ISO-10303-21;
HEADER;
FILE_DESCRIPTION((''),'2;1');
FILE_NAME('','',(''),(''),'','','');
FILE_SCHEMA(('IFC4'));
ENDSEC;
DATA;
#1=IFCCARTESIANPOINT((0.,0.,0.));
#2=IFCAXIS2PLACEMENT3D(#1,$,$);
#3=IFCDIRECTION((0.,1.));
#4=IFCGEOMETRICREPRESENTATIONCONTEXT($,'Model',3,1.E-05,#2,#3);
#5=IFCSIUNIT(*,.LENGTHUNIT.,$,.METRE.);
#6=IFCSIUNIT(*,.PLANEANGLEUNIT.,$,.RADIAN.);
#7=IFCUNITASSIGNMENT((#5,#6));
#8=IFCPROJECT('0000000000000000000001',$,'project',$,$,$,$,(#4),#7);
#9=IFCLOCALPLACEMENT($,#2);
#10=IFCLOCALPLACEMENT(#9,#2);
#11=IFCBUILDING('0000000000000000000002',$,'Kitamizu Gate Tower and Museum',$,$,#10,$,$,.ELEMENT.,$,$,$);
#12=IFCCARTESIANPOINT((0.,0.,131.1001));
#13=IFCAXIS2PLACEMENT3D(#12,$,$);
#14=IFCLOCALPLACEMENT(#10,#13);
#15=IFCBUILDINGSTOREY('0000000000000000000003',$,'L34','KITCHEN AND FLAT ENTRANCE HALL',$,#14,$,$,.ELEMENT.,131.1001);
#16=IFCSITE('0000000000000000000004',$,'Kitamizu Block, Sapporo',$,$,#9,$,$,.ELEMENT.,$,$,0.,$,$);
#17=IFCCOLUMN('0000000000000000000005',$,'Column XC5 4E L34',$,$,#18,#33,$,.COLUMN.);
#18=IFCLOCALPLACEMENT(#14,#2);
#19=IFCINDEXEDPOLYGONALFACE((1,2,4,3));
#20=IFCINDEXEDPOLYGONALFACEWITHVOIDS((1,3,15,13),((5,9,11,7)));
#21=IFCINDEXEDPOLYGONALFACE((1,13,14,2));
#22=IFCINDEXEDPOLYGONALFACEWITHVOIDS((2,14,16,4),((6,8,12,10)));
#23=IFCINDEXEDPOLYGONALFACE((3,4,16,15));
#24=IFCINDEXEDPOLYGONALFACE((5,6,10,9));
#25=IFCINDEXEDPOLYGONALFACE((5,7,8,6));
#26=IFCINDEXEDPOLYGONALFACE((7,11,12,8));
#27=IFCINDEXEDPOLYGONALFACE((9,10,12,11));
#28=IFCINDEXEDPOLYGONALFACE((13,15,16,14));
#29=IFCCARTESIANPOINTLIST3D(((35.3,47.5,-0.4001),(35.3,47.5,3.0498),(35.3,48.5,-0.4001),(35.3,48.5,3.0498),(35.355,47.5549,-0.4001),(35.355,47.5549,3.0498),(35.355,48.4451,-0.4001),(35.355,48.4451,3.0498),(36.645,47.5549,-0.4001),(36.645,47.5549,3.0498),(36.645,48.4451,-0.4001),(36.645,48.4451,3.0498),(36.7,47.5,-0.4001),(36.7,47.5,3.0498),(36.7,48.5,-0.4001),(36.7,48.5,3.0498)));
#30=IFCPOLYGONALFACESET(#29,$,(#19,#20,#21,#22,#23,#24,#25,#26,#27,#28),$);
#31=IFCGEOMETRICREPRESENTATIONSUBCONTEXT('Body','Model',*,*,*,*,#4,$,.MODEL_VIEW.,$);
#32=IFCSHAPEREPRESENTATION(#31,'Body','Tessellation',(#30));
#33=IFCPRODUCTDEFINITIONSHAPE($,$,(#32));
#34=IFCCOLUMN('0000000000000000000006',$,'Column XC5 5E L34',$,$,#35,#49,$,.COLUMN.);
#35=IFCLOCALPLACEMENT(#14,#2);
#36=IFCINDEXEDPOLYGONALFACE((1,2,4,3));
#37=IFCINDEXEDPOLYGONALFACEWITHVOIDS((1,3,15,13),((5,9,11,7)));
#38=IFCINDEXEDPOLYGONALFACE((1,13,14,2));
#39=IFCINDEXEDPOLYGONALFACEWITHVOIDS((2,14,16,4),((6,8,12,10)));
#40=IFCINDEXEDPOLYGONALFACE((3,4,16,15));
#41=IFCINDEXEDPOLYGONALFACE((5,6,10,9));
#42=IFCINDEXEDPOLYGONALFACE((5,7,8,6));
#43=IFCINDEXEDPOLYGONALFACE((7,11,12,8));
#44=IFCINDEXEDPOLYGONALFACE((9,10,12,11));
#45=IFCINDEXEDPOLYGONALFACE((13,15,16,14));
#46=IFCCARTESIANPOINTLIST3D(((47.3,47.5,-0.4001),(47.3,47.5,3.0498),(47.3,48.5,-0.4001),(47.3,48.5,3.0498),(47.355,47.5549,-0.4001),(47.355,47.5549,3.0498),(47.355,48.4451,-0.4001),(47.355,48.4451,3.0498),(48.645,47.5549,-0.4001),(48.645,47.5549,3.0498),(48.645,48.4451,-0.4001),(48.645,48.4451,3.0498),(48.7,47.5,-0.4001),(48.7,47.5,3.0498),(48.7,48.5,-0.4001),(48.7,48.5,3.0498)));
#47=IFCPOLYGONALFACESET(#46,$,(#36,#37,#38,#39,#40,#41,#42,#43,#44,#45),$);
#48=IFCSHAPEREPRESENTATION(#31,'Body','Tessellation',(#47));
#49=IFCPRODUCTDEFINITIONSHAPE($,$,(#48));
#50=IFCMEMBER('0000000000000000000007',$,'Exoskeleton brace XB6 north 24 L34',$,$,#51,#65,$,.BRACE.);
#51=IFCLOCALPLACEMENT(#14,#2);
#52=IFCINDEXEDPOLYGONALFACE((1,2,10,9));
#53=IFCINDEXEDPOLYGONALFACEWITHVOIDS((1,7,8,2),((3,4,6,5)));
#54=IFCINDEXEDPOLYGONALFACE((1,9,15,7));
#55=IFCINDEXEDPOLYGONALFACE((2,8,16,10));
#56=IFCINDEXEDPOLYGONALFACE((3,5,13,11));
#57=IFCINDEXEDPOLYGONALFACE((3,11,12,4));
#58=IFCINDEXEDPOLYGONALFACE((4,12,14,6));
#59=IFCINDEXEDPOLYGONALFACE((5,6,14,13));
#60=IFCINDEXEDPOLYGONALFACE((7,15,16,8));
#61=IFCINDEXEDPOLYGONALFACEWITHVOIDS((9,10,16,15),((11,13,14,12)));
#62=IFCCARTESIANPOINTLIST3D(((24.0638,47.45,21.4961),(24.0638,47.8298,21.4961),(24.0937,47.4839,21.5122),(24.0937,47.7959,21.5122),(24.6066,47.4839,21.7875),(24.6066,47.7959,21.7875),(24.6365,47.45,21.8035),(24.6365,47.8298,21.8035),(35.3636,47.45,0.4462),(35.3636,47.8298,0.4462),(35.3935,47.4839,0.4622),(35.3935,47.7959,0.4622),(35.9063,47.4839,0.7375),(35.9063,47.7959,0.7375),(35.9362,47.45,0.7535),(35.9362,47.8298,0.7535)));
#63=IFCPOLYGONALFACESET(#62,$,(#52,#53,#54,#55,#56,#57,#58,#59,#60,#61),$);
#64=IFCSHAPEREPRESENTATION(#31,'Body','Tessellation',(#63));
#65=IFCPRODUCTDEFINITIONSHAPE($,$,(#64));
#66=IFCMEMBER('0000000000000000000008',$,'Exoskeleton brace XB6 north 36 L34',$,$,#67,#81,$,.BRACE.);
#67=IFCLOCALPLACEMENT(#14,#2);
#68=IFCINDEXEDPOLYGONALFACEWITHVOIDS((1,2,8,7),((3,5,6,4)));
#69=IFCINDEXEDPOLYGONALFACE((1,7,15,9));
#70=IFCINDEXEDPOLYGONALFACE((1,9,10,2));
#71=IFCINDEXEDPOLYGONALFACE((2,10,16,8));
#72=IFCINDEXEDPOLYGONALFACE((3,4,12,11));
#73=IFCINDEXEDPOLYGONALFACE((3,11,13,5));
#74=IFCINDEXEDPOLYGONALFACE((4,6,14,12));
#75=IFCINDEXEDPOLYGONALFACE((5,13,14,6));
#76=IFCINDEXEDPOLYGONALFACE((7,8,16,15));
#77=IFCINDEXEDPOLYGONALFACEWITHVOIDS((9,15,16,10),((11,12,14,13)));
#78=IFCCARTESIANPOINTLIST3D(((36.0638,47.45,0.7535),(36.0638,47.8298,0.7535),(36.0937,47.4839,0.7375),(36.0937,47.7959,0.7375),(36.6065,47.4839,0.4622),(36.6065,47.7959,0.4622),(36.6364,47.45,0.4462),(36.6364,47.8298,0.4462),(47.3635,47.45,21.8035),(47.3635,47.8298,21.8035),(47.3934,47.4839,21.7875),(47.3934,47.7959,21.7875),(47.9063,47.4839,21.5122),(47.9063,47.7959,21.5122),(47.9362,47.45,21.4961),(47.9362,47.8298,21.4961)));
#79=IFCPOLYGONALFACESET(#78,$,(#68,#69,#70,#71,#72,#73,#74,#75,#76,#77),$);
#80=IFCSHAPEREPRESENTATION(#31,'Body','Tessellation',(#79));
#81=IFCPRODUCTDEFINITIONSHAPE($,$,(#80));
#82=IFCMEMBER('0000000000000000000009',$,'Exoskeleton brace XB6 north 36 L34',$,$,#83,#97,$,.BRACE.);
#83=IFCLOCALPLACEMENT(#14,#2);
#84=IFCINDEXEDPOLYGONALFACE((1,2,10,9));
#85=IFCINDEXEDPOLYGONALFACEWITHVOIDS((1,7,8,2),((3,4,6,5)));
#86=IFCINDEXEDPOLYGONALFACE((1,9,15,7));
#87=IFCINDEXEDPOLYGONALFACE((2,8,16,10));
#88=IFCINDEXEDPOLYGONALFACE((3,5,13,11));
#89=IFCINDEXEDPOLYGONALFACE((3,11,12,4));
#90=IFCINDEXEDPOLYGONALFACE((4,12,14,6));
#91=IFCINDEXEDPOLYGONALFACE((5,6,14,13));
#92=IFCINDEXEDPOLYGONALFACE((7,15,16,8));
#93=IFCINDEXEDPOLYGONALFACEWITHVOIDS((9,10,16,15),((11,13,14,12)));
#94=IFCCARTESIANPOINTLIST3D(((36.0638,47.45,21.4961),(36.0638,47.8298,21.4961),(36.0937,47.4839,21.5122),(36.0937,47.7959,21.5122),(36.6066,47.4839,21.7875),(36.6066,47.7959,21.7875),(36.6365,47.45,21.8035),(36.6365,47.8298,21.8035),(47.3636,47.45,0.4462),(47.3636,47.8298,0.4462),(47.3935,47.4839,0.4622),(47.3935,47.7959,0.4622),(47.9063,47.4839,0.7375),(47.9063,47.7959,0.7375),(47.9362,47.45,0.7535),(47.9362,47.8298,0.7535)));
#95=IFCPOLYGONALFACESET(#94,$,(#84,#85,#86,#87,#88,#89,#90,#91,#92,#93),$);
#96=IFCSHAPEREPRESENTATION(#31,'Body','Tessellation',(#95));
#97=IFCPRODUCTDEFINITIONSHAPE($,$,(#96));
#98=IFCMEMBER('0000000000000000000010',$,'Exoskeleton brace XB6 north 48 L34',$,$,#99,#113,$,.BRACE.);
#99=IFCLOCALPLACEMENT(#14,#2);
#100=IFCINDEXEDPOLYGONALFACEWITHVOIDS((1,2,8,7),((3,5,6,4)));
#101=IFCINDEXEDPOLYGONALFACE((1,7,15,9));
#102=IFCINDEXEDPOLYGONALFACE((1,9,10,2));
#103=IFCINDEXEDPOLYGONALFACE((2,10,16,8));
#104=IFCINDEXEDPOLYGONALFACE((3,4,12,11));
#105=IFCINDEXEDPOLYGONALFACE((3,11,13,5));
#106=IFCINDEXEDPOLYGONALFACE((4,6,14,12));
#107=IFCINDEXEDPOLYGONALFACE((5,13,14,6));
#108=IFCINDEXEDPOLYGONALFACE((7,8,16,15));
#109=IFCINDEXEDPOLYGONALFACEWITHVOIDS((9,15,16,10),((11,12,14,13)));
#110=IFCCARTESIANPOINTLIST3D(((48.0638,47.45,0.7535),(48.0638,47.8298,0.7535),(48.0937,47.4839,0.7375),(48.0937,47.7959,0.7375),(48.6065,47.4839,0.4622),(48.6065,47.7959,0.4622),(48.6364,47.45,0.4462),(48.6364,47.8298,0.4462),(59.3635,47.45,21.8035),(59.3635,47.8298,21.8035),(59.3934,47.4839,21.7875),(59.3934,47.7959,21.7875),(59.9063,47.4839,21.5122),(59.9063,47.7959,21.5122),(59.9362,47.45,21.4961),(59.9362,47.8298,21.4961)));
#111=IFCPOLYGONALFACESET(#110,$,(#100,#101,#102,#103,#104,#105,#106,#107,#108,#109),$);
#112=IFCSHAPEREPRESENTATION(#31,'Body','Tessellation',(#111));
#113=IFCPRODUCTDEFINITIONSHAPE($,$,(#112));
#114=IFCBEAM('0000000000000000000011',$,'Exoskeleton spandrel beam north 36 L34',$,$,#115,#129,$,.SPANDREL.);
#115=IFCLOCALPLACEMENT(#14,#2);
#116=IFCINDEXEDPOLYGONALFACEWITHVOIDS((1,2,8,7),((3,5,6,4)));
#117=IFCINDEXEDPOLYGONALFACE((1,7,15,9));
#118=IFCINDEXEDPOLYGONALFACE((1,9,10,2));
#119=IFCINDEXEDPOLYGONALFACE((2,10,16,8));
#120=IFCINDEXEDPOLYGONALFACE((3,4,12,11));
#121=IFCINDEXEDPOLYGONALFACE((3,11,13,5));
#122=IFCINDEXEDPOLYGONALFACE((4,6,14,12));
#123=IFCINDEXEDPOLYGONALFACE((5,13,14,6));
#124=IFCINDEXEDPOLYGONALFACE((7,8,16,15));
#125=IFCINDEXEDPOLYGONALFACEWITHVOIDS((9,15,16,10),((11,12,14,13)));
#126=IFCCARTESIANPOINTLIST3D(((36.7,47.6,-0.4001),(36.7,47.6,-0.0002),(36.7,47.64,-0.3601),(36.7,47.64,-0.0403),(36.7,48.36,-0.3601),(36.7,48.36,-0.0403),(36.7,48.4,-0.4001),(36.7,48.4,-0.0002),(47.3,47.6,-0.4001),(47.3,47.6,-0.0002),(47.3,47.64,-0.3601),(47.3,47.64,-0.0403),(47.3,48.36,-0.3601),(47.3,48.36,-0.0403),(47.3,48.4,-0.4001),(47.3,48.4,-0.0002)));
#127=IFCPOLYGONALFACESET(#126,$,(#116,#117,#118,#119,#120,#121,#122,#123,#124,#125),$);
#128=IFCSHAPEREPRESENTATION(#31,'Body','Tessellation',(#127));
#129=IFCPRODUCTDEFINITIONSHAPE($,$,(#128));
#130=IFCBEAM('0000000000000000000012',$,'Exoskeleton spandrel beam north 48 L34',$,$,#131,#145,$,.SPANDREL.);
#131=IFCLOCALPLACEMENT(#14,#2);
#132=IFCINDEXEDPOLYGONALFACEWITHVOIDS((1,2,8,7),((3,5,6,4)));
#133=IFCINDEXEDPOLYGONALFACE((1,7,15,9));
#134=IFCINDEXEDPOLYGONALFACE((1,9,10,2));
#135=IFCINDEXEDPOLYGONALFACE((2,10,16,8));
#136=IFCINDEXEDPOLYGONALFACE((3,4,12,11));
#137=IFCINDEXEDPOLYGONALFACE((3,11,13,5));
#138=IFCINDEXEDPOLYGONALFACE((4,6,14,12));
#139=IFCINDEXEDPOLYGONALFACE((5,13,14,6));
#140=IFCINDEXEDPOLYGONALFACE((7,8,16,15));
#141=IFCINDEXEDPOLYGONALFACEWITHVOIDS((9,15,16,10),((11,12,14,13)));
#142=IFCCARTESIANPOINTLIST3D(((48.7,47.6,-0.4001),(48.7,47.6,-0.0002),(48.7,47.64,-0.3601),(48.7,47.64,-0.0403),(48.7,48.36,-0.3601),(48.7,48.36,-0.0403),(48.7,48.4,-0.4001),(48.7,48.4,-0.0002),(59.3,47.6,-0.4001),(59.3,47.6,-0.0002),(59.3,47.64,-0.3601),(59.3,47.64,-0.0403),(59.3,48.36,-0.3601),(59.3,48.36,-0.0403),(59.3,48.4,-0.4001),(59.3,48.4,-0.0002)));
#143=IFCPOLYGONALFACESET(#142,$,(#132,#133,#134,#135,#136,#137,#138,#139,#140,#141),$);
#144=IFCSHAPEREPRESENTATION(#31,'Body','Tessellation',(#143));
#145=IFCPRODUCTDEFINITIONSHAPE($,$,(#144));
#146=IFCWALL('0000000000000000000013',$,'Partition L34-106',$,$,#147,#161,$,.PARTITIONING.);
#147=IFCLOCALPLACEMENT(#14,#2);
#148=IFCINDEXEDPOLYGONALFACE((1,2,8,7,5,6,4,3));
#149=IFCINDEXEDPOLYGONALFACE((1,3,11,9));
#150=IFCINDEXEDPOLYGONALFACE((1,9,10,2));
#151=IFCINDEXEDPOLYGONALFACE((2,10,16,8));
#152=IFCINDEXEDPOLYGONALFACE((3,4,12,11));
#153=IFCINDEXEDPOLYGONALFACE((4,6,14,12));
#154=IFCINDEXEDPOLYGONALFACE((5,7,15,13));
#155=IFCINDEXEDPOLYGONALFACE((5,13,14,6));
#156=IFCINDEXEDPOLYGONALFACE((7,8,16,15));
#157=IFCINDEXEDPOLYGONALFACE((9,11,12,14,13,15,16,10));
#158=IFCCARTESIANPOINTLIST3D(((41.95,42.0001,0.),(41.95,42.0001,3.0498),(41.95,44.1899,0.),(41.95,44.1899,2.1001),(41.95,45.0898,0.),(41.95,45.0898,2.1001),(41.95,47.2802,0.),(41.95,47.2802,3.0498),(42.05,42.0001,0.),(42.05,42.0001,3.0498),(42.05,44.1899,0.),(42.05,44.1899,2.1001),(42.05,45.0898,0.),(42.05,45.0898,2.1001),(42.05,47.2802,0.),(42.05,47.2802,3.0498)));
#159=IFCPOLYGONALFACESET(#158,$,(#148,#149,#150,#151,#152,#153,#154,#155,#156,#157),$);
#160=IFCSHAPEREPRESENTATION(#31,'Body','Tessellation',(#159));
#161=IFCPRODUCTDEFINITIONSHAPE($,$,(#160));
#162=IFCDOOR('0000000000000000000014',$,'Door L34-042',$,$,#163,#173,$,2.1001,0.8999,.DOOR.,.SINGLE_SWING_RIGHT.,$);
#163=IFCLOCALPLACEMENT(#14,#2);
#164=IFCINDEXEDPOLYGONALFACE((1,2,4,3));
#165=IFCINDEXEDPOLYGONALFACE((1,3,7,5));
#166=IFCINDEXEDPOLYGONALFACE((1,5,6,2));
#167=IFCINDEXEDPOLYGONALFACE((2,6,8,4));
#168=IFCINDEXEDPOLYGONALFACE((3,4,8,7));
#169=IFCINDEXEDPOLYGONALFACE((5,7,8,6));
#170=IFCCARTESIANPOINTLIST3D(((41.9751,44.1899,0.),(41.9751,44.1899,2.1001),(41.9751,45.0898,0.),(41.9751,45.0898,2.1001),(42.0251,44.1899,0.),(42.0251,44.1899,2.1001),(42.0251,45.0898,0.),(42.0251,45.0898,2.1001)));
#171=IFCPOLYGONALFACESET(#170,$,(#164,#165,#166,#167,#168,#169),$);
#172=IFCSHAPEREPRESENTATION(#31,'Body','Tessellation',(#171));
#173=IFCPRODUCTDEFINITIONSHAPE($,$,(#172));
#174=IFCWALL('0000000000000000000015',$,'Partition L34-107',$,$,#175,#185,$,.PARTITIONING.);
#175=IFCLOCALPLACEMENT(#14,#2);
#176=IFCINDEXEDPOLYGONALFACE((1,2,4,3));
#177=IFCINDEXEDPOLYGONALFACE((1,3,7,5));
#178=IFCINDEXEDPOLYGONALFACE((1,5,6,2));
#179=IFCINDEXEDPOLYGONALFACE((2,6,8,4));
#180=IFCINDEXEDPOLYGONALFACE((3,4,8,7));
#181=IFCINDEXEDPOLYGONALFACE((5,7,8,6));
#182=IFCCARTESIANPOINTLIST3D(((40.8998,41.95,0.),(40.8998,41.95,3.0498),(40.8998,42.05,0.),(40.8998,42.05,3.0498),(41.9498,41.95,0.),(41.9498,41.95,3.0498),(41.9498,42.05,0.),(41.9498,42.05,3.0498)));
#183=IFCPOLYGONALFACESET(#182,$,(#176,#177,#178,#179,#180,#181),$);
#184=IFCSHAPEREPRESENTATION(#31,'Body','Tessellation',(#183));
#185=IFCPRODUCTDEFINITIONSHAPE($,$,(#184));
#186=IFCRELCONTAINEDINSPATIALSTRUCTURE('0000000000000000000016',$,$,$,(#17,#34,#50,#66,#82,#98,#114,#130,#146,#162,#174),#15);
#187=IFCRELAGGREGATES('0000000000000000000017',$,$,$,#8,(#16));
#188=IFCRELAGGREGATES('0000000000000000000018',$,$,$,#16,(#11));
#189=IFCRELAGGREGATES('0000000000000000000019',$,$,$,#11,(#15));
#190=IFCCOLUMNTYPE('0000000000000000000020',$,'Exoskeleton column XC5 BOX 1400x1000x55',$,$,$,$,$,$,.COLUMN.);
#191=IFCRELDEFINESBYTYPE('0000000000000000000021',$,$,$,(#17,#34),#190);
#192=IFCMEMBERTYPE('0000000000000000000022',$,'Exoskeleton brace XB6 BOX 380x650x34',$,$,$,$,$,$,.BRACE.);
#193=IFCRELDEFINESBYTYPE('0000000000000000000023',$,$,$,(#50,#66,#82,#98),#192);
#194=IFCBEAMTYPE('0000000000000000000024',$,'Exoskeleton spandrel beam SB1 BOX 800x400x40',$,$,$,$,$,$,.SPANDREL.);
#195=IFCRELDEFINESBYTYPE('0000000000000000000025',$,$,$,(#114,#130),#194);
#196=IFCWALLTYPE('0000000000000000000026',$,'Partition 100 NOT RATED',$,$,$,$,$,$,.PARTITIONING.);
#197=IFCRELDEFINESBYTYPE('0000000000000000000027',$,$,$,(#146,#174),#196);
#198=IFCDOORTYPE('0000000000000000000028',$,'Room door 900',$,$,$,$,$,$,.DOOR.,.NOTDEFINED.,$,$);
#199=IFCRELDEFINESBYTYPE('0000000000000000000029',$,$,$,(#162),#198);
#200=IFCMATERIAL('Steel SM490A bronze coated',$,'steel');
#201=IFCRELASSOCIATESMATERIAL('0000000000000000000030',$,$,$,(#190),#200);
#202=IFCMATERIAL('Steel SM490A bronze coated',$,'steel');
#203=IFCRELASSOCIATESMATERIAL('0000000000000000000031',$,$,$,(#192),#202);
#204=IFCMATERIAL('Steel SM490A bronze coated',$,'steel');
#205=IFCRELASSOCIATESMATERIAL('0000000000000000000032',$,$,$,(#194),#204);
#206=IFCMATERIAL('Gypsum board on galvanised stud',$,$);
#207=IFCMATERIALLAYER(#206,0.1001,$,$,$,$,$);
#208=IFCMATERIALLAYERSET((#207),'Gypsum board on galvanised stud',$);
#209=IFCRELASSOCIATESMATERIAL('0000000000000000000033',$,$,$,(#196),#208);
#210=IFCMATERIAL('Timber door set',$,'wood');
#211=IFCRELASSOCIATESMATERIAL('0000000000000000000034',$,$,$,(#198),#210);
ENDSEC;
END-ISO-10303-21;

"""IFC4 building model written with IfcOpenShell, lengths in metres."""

from ifc_helpers import new_model, si_unit, direction, frame, frame_2d, origin, origin_2d, place, context, subcontext, project, spatial, rectangle, hollow_rectangle, extrude, material, layer, layer_set, material_profile, profile_set, type_object, element, fill, save


model = new_model("IFC4")

# Units and contexts
model_context = context("Model", 3, precision=1e-05, world=origin(), true_north=direction((0.0, 1.0)))
body_context = subcontext(model_context, "Body", "Model", "MODEL_VIEW")
ifc_project = project(units=[si_unit("LENGTHUNIT", "METRE"), si_unit("PLANEANGLEUNIT", "RADIAN")], contexts=[model_context])

# Site, building, storey
site_placement = place(None, origin())
site = spatial("IfcSite", under=ifc_project, at=site_placement, Name="Kitamizu Block, Sapporo", CompositionType="ELEMENT", RefElevation=0.0)
building_placement = place(site_placement, origin())
building = spatial("IfcBuilding", under=site, at=building_placement, Name="Kitamizu Gate Tower and Museum", CompositionType="ELEMENT")
storey_placement = place(building_placement, frame((0.0, 0.0, 131.1001)))
storey = spatial("IfcBuildingStorey", under=building, at=storey_placement, Name="L34", Description="KITCHEN AND FLAT ENTRANCE HALL", CompositionType="ELEMENT", Elevation=131.1001)

# Columns
ifc_material_1 = material(Name="Steel SM490A bronze coated", Category="steel")
ifc_material_profile_1 = material_profile(ifc_material_1, hollow_rectangle(XDim=1.3999, YDim=1.0, WallThickness=0.0549, at=origin_2d()), Name="BOX 1400x1000x55")
ifc_profile_set_1 = profile_set([ifc_material_profile_1], Name="Steel SM490A bronze coated")
column_type = type_object("IfcColumnType", Name="Exoskeleton column XC5 BOX 1400x1000x55", PredefinedType="COLUMN", material=ifc_profile_set_1)
for number, where, z_axis, x_axis, name in (
    (1, (36.0, 48.0, -0.4001), (0.0, 0.0, 1.0), (1.0, 0.0, 0.0), "Column XC5 4E L34"),
    (2, (48.0, 48.0, -0.4001), (0.0, 0.0, 1.0), (1.0, 0.0, 0.0), "Column XC5 5E L34"),
):
    element("IfcColumn", number, at=place(storey_placement, frame(where, z_axis=z_axis, x_axis=x_axis)), inside=storey, type_object=column_type, Name=name, PredefinedType="COLUMN", context=body_context, shape_type="SweptSolid", body=[
        extrude(hollow_rectangle(XDim=1.3999, YDim=1.0, WallThickness=0.0549, at=origin_2d()), origin(), (0.0, 0.0, 1.0), 3.45),
    ])

# Members
ifc_material_2 = material(Name="Steel SM490A bronze coated", Category="steel")
ifc_material_profile_2 = material_profile(ifc_material_2, hollow_rectangle(XDim=0.3799, YDim=0.6499, WallThickness=0.0339, at=origin_2d()), Name="BOX 380x650x34")
ifc_profile_set_2 = profile_set([ifc_material_profile_2], Name="Steel SM490A bronze coated")
member_type = type_object("IfcMemberType", Name="Exoskeleton brace XB6 BOX 380x650x34", PredefinedType="BRACE", material=ifc_profile_set_2)
for number, where, z_axis, x_axis, name in (
    (3, (35.6499, 47.6399, 0.5999), (-0.472969, 0.0, 0.881079), (0.0, -1.0, 0.0), "Exoskeleton brace XB6 north 24 L34"),
    (4, (36.3501, 47.6399, 0.5999), (0.472969, 0.0, 0.881079), (0.0, 1.0, 0.0), "Exoskeleton brace XB6 north 36 L34"),
    (5, (47.6499, 47.6399, 0.5999), (-0.472969, 0.0, 0.881079), (0.0, -1.0, 0.0), "Exoskeleton brace XB6 north 36 L34"),
    (6, (48.3501, 47.6399, 0.5999), (0.472969, 0.0, 0.881079), (0.0, 1.0, 0.0), "Exoskeleton brace XB6 north 48 L34"),
):
    element("IfcMember", number, at=place(storey_placement, frame(where, z_axis=z_axis, x_axis=x_axis)), inside=storey, type_object=member_type, Name=name, PredefinedType="BRACE", context=body_context, shape_type="SweptSolid", body=[
        extrude(hollow_rectangle(XDim=0.3799, YDim=0.6499, WallThickness=0.0339, at=origin_2d()), origin(), (0.0, 0.0, 1.0), 23.8911),
    ])

# Beams
ifc_material_3 = material(Name="Steel SM490A bronze coated", Category="steel")
ifc_material_profile_3 = material_profile(ifc_material_3, hollow_rectangle(XDim=0.8, YDim=0.3999, WallThickness=0.04, at=origin_2d()), Name="BOX 800x400x40")
ifc_profile_set_3 = profile_set([ifc_material_profile_3], Name="Steel SM490A bronze coated")
beam_type = type_object("IfcBeamType", Name="Exoskeleton spandrel beam SB1 BOX 800x400x40", PredefinedType="SPANDREL", material=ifc_profile_set_3)
for number, where, z_axis, x_axis, name in (
    (7, (36.7, 48.0, -0.2002), (1.0, 0.0, 0.0), (0.0, 1.0, 0.0), "Exoskeleton spandrel beam north 36 L34"),
    (8, (48.7, 48.0, -0.2002), (1.0, 0.0, 0.0), (0.0, 1.0, 0.0), "Exoskeleton spandrel beam north 48 L34"),
):
    element("IfcBeam", number, at=place(storey_placement, frame(where, z_axis=z_axis, x_axis=x_axis)), inside=storey, type_object=beam_type, Name=name, PredefinedType="SPANDREL", context=body_context, shape_type="SweptSolid", body=[
        extrude(hollow_rectangle(XDim=0.8, YDim=0.3999, WallThickness=0.04, at=origin_2d()), origin(), (0.0, 0.0, 1.0), 10.6001),
    ])

# Wall, opening, door
ifc_material_4 = material(Name="Gypsum board on galvanised stud")
ifc_layer_1 = layer(ifc_material_4, 0.1001)
ifc_layer_set_1 = layer_set([ifc_layer_1], Name="Gypsum board on galvanised stud")
wall_type_1 = type_object("IfcWallType", Name="Partition 100 NOT RATED", PredefinedType="PARTITIONING", material=ifc_layer_set_1)
wall_1_placement = place(storey_placement, frame((42.0, 42.0, 0.0), z_axis=(0.0, 0.0, 1.0), x_axis=(0.0, 1.0, 0.0)))
wall_1 = element("IfcWall", 9, at=wall_1_placement, inside=storey, type_object=wall_type_1, Name="Partition L34-106", PredefinedType="PARTITIONING", context=body_context, shape_type="SweptSolid", body=[
    extrude(rectangle(XDim=5.28, YDim=0.1001, at=frame_2d((2.6401, 0.0))), origin(), (0.0, 0.0, 1.0), 3.0498),
])
opening_1_placement = place(wall_1_placement, frame((2.1899, 0.0, 0.0)))
opening_1 = element("IfcOpeningElement", 10, at=opening_1_placement, cuts=wall_1, PredefinedType="OPENING", context=body_context, shape_type="SweptSolid", body=[
    extrude(rectangle(XDim=0.8999, YDim=2.1001, at=frame_2d((0.45, 1.05))), frame((0.0, 0.0601, 0.0), z_axis=(0.0, -1.0, 0.0), x_axis=(1.0, 0.0, 0.0)), (0.0, 0.0, 1.0), 0.1201),
])
ifc_material_5 = material(Name="Timber door set", Category="wood")
door_type_1 = type_object("IfcDoorType", Name="Room door 900", OperationType="NOTDEFINED", PredefinedType="DOOR", material=ifc_material_5)
door_1_placement = place(opening_1_placement, origin())
door_1 = element("IfcDoor", 11, at=door_1_placement, inside=storey, type_object=door_type_1, Name="Door L34-042", OperationType="SINGLE_SWING_RIGHT", OverallHeight=2.1001, OverallWidth=0.8999, PredefinedType="DOOR", context=body_context, shape_type="SweptSolid", body=[
    extrude(rectangle(XDim=0.8999, YDim=2.1001, at=frame_2d((0.45, 1.05))), frame((0.0, 0.0249, 0.0), z_axis=(0.0, -1.0, 0.0), x_axis=(1.0, 0.0, 0.0)), (0.0, 0.0, 1.0), 0.05),
])
fill(opening_1, door_1)

# Wall
wall_2_placement = place(storey_placement, frame((40.8999, 42.0, 0.0), z_axis=(0.0, 0.0, 1.0), x_axis=(1.0, 0.0, 0.0)))
element("IfcWall", 12, at=wall_2_placement, inside=storey, type_object=wall_type_1, Name="Partition L34-107", PredefinedType="PARTITIONING", context=body_context, shape_type="SweptSolid", body=[
    extrude(rectangle(XDim=1.05, YDim=0.1001, at=frame_2d((0.5249, 0.0))), origin(), (0.0, 0.0, 1.0), 3.0498),
])

save(model, "model.ifc")
